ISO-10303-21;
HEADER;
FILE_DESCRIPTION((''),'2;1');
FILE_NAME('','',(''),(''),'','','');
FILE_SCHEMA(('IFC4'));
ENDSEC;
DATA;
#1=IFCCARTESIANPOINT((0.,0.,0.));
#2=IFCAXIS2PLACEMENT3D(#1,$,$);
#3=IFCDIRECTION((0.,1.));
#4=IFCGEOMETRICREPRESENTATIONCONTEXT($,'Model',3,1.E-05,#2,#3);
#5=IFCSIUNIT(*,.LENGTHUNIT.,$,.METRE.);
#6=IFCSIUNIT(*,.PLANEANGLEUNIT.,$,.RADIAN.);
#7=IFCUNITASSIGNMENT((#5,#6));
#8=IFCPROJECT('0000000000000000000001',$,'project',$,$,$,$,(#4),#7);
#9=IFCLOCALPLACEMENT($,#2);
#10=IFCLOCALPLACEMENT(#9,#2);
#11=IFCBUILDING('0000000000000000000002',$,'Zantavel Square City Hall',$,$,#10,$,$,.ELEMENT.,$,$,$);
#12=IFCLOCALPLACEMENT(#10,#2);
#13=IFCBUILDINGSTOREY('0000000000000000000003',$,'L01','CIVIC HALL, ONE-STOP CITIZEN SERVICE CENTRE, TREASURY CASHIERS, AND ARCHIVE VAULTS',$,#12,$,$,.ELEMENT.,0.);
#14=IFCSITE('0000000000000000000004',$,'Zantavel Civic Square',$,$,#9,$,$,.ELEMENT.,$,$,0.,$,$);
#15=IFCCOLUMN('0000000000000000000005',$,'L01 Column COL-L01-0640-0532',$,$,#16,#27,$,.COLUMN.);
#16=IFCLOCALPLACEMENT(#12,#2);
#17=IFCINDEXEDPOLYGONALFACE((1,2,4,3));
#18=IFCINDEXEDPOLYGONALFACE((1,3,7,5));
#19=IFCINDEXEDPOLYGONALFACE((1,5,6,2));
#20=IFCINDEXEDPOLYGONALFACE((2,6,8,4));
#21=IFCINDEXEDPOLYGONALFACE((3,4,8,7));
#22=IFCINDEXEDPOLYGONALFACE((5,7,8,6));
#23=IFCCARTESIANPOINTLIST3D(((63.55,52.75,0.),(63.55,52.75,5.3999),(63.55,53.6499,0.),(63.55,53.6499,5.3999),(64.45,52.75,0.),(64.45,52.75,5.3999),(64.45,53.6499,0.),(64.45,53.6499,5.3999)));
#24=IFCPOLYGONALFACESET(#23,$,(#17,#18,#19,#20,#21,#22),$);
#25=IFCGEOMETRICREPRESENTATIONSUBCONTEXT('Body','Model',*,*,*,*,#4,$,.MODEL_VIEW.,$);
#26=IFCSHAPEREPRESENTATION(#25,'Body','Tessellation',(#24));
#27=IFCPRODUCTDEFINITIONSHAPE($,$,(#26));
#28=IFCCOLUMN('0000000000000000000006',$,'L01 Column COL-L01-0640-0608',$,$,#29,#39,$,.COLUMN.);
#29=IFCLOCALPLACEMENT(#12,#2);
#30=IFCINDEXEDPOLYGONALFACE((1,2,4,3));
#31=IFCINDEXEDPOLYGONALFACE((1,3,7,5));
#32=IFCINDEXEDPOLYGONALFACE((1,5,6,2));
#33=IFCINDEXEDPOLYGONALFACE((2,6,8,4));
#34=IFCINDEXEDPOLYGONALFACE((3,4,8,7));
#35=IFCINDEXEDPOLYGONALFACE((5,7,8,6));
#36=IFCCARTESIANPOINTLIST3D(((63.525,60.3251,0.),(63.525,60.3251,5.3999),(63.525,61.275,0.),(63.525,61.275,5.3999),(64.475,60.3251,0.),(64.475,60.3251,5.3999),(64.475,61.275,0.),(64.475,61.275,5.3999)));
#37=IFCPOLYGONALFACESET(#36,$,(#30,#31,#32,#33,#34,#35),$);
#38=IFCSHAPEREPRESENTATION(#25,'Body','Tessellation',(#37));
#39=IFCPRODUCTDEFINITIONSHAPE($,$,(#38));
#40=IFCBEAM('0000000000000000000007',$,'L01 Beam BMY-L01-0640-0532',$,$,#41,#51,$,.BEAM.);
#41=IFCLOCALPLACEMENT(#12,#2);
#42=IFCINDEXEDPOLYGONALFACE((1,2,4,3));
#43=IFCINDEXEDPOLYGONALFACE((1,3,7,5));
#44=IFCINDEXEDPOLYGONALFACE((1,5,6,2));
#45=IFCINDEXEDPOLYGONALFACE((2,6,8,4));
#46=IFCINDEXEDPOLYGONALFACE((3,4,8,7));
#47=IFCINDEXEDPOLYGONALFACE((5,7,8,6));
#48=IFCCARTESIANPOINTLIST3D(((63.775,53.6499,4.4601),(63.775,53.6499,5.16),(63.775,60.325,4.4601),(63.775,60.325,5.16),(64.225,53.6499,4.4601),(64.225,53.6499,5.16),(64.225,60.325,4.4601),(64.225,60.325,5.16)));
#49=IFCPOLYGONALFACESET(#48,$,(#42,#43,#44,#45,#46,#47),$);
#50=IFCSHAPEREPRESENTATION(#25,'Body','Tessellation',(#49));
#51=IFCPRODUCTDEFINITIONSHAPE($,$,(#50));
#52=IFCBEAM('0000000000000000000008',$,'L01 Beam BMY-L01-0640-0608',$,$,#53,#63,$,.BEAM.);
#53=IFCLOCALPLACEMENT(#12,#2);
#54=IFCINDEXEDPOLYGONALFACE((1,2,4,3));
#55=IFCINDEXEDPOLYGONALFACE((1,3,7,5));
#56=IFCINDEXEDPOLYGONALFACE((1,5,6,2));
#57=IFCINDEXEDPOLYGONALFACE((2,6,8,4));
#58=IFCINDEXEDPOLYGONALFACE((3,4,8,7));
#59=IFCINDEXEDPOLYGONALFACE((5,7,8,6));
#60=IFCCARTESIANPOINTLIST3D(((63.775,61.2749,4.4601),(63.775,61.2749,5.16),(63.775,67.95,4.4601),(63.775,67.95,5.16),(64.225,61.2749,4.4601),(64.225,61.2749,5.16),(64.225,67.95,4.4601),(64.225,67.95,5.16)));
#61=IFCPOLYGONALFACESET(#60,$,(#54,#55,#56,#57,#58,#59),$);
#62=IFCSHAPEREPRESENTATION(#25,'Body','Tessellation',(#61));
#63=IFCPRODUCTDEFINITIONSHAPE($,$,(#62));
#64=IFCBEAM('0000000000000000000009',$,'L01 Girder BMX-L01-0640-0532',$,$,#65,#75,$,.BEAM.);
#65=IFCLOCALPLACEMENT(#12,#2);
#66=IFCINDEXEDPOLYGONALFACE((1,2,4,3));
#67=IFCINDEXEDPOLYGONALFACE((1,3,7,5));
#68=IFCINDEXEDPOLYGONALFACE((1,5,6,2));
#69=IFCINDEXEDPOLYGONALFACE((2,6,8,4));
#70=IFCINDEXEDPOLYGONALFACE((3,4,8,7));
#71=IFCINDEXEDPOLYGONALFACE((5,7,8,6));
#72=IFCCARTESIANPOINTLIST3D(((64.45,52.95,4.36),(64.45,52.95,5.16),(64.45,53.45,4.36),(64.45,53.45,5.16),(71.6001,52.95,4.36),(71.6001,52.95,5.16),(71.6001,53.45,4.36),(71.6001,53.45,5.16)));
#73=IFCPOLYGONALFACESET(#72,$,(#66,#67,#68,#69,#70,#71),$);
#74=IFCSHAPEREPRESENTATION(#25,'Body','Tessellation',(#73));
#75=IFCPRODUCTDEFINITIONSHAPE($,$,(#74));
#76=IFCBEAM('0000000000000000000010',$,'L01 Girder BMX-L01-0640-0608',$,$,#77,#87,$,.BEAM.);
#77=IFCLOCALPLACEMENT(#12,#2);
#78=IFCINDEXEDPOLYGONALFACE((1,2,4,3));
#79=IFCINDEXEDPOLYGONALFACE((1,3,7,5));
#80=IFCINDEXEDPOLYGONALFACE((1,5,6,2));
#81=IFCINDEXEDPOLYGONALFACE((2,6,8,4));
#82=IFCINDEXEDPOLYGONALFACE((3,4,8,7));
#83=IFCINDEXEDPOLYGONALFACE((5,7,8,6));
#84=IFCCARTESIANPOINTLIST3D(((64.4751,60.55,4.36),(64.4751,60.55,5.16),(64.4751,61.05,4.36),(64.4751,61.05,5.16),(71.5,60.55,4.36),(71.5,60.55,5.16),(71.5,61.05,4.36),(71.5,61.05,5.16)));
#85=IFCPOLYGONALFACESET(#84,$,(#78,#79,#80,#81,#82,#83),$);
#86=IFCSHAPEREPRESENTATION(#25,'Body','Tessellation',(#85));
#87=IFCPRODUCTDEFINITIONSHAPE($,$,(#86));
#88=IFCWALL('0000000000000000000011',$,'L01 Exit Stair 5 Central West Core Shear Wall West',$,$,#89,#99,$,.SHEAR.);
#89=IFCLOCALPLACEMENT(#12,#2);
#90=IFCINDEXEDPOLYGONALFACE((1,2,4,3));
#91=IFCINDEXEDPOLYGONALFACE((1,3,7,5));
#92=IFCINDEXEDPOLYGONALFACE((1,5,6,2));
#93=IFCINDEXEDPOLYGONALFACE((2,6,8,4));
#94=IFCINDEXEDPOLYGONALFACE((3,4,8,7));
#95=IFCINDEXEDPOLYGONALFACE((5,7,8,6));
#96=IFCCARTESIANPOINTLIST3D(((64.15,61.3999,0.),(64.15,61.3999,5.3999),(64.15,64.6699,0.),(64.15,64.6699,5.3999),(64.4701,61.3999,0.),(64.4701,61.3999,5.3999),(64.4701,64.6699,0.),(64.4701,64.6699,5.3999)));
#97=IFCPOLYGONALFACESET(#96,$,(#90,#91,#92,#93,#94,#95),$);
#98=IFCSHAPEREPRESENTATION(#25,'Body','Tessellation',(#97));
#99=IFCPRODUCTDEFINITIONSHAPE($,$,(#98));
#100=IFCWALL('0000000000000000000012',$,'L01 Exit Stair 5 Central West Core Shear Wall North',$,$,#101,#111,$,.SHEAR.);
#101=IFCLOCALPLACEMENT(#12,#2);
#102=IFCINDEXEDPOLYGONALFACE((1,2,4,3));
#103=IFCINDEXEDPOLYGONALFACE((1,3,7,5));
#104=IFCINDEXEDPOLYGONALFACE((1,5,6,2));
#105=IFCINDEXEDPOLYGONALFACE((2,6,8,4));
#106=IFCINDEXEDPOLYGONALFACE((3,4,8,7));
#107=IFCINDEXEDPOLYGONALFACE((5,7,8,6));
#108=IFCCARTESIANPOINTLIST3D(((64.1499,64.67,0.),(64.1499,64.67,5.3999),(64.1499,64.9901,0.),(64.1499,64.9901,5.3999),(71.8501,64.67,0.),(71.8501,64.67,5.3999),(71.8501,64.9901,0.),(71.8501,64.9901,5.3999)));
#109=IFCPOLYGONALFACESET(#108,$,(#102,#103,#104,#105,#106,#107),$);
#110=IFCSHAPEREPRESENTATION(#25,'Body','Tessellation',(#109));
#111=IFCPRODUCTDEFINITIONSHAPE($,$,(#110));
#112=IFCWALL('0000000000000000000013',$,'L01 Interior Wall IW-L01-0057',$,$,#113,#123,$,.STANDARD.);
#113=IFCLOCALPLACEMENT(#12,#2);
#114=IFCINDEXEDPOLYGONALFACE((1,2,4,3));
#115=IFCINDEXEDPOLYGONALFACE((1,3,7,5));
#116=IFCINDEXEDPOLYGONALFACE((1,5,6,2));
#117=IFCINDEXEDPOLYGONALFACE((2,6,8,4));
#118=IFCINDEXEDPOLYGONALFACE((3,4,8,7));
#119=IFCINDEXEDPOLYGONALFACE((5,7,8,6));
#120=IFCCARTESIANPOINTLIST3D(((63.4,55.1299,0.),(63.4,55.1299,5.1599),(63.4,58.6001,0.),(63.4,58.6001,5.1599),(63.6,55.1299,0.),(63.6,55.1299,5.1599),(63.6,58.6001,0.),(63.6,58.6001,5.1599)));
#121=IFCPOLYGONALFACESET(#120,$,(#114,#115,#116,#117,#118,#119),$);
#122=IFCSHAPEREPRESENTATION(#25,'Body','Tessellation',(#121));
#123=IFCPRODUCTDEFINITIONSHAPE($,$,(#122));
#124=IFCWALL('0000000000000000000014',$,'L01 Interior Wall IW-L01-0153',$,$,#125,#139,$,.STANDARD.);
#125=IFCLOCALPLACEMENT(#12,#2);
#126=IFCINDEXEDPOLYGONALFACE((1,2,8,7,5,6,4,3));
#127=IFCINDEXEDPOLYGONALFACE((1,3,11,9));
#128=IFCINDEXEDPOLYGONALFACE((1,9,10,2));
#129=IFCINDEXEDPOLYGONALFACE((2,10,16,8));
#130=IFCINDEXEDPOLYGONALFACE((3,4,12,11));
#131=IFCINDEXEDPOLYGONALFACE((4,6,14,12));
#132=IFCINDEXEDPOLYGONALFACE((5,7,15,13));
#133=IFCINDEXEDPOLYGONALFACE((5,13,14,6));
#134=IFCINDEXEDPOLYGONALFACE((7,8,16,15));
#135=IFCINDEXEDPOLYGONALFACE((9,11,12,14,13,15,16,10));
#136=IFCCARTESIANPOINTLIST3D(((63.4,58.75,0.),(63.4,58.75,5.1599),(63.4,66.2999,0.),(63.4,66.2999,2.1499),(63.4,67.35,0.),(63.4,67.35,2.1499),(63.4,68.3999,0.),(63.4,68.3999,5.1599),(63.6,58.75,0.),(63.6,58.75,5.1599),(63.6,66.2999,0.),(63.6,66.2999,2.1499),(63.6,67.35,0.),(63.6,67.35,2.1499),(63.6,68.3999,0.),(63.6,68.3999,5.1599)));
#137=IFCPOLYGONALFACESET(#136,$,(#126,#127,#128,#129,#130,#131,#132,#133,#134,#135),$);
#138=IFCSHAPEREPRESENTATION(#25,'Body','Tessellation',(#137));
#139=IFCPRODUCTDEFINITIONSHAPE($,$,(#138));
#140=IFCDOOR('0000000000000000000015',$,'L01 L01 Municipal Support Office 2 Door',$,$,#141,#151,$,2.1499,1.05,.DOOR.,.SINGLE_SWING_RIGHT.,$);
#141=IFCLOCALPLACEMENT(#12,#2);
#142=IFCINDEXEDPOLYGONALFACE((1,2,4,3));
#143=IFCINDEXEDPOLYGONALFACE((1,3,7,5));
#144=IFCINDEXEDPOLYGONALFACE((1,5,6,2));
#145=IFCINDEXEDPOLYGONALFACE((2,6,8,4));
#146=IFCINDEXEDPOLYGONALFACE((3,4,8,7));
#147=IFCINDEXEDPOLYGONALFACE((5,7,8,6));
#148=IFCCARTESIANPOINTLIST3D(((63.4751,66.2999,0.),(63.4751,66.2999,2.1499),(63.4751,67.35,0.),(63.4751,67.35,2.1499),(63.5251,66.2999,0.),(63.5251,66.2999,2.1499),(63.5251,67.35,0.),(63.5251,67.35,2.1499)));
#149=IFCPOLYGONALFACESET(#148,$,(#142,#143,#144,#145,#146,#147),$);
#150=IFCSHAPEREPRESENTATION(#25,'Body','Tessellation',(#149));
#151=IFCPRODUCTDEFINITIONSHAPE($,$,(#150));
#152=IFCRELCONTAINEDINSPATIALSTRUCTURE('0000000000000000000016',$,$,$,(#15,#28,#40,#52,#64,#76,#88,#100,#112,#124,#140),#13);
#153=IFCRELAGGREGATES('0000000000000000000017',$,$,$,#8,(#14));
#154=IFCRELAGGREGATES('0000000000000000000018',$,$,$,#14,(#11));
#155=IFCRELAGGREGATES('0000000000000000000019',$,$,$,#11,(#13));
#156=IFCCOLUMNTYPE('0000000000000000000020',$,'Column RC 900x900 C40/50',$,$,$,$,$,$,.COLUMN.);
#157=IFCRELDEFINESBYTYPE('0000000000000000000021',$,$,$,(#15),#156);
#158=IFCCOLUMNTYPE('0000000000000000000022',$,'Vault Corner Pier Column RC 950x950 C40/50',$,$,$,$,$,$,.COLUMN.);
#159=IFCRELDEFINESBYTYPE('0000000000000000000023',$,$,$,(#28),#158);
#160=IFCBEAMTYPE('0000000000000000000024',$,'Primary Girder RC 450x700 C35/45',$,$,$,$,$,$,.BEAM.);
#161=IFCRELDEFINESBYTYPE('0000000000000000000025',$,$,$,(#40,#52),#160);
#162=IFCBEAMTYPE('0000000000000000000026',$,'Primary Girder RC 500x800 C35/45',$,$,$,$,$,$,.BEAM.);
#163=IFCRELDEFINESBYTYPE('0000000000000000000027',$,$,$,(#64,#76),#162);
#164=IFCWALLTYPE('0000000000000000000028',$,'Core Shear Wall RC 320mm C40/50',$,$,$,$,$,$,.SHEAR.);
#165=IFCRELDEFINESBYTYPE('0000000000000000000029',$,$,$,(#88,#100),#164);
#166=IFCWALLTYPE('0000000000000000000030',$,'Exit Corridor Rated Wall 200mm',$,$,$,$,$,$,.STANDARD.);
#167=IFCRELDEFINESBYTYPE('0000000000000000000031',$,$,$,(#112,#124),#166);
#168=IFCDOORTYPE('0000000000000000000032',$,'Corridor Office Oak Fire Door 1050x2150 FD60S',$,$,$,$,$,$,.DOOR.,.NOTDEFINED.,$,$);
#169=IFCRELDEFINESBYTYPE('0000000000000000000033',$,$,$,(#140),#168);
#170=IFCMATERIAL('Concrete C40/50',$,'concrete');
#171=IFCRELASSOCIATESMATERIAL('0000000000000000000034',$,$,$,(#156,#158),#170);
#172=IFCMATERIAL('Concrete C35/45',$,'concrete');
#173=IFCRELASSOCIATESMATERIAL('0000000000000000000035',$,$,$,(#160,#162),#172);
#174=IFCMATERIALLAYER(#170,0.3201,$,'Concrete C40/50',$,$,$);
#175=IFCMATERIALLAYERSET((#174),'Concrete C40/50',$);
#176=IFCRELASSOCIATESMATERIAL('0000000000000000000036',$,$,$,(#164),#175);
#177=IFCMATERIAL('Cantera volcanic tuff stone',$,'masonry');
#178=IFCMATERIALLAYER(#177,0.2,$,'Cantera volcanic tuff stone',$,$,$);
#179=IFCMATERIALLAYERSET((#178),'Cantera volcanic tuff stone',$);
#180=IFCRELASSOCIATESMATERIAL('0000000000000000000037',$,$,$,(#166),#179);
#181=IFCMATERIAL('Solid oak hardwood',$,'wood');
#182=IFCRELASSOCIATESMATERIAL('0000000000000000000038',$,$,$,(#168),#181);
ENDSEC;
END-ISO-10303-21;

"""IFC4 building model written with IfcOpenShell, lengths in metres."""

from ifc_helpers import new_model, si_unit, direction, frame, frame_2d, origin, origin_2d, place, context, subcontext, project, spatial, rectangle, extrude, material, layer, layer_set, material_profile, profile_set, type_object, element, fill, save


model = new_model("IFC4")

# Units and contexts
model_context = context("Model", 3, precision=1e-05, world=origin(), true_north=direction((0.0, 1.0)))
body_context = subcontext(model_context, "Body", "Model", "MODEL_VIEW")
ifc_project = project(units=[si_unit("LENGTHUNIT", "METRE"), si_unit("PLANEANGLEUNIT", "RADIAN")], contexts=[model_context])

# Site, building, storey
site_placement = place(None, origin())
site = spatial("IfcSite", under=ifc_project, at=site_placement, Name="Zantavel Civic Square", CompositionType="ELEMENT", RefElevation=0.0)
building_placement = place(site_placement, origin())
building = spatial("IfcBuilding", under=site, at=building_placement, Name="Zantavel Square City Hall", CompositionType="ELEMENT")
storey_placement = place(building_placement, origin())
storey = spatial("IfcBuildingStorey", under=building, at=storey_placement, Name="L01", Description="CIVIC HALL, ONE-STOP CITIZEN SERVICE CENTRE, TREASURY CASHIERS, AND ARCHIVE VAULTS", CompositionType="ELEMENT", Elevation=0.0)

# Columns
ifc_material_1 = material(Name="Concrete C40/50", Category="concrete")
ifc_material_profile_1 = material_profile(ifc_material_1, rectangle(XDim=0.8999, YDim=0.8999, at=origin_2d()), Name="RC 900x900")
ifc_profile_set_1 = profile_set([ifc_material_profile_1], Name="Concrete C40/50")
column_type_1 = type_object("IfcColumnType", Name="Column RC 900x900 C40/50", PredefinedType="COLUMN", material=ifc_profile_set_1)
column_1_placement = place(storey_placement, frame((64.0, 53.2, 0.0), z_axis=(0.0, 0.0, 1.0), x_axis=(1.0, 0.0, 0.0)))
element("IfcColumn", 1, at=column_1_placement, inside=storey, type_object=column_type_1, Name="L01 Column COL-L01-0640-0532", PredefinedType="COLUMN", context=body_context, shape_type="SweptSolid", body=[
    extrude(rectangle(XDim=0.8999, YDim=0.8999, at=origin_2d()), origin(), (0.0, 0.0, 1.0), 5.3999),
])
ifc_material_profile_2 = material_profile(ifc_material_1, rectangle(XDim=0.95, YDim=0.95, at=origin_2d()), Name="RC 950x950")
ifc_profile_set_2 = profile_set([ifc_material_profile_2], Name="Concrete C40/50")
column_type_2 = type_object("IfcColumnType", Name="Vault Corner Pier Column RC 950x950 C40/50", PredefinedType="COLUMN", material=ifc_profile_set_2)
column_2_placement = place(storey_placement, frame((64.0, 60.8, 0.0), z_axis=(0.0, 0.0, 1.0), x_axis=(1.0, 0.0, 0.0)))
element("IfcColumn", 2, at=column_2_placement, inside=storey, type_object=column_type_2, Name="L01 Column COL-L01-0640-0608", PredefinedType="COLUMN", context=body_context, shape_type="SweptSolid", body=[
    extrude(rectangle(XDim=0.95, YDim=0.95, at=origin_2d()), origin(), (0.0, 0.0, 1.0), 5.3999),
])

# Beams
ifc_material_2 = material(Name="Concrete C35/45", Category="concrete")
ifc_material_profile_3 = material_profile(ifc_material_2, rectangle(XDim=0.45, YDim=0.7, at=origin_2d()), Name="RC 450x700")
ifc_profile_set_3 = profile_set([ifc_material_profile_3], Name="Concrete C35/45")
beam_type_1 = type_object("IfcBeamType", Name="Primary Girder RC 450x700 C35/45", PredefinedType="BEAM", material=ifc_profile_set_3)
for number, where, z_axis, x_axis, name in (
    (3, (64.0, 53.6499, 4.8101), (0.0, 1.0, 0.0), (-1.0, 0.0, 0.0), "L01 Beam BMY-L01-0640-0532"),
    (4, (64.0, 61.2749, 4.8101), (0.0, 1.0, 0.0), (-1.0, 0.0, 0.0), "L01 Beam BMY-L01-0640-0608"),
):
    element("IfcBeam", number, at=place(storey_placement, frame(where, z_axis=z_axis, x_axis=x_axis)), inside=storey, type_object=beam_type_1, Name=name, PredefinedType="BEAM", context=body_context, shape_type="SweptSolid", body=[
        extrude(rectangle(XDim=0.45, YDim=0.7, at=origin_2d()), origin(), (0.0, 0.0, 1.0), 6.675),
    ])
ifc_material_profile_4 = material_profile(ifc_material_2, rectangle(XDim=0.5, YDim=0.8, at=origin_2d()), Name="RC 500x800")
ifc_profile_set_4 = profile_set([ifc_material_profile_4], Name="Concrete C35/45")
beam_type_2 = type_object("IfcBeamType", Name="Primary Girder RC 500x800 C35/45", PredefinedType="BEAM", material=ifc_profile_set_4)
beam_1_placement = place(storey_placement, frame((64.45, 53.2, 4.76), z_axis=(1.0, 0.0, 0.0), x_axis=(0.0, 1.0, 0.0)))
element("IfcBeam", 5, at=beam_1_placement, inside=storey, type_object=beam_type_2, Name="L01 Girder BMX-L01-0640-0532", PredefinedType="BEAM", context=body_context, shape_type="SweptSolid", body=[
    extrude(rectangle(XDim=0.5, YDim=0.8, at=origin_2d()), origin(), (0.0, 0.0, 1.0), 7.1501),
])
beam_2_placement = place(storey_placement, frame((64.4751, 60.8, 4.76), z_axis=(1.0, 0.0, 0.0), x_axis=(0.0, 1.0, 0.0)))
element("IfcBeam", 6, at=beam_2_placement, inside=storey, type_object=beam_type_2, Name="L01 Girder BMX-L01-0640-0608", PredefinedType="BEAM", context=body_context, shape_type="SweptSolid", body=[
    extrude(rectangle(XDim=0.5, YDim=0.8, at=origin_2d()), origin(), (0.0, 0.0, 1.0), 7.0249),
])

# Walls
ifc_layer_1 = layer(ifc_material_1, 0.3201, Name="Concrete C40/50")
ifc_layer_set_1 = layer_set([ifc_layer_1], Name="Concrete C40/50")
wall_type_1 = type_object("IfcWallType", Name="Core Shear Wall RC 320mm C40/50", PredefinedType="SHEAR", material=ifc_layer_set_1)
wall_1_placement = place(storey_placement, frame((64.3101, 61.3999, 0.0), z_axis=(0.0, 0.0, 1.0), x_axis=(0.0, 1.0, 0.0)))
element("IfcWall", 7, at=wall_1_placement, inside=storey, type_object=wall_type_1, Name="L01 Exit Stair 5 Central West Core Shear Wall West", PredefinedType="SHEAR", context=body_context, shape_type="SweptSolid", body=[
    extrude(rectangle(XDim=3.27, YDim=0.3201, at=frame_2d((1.635, 0.0))), origin(), (0.0, 0.0, 1.0), 5.3999),
])
wall_2_placement = place(storey_placement, frame((64.1499, 64.8301, 0.0), z_axis=(0.0, 0.0, 1.0), x_axis=(1.0, 0.0, 0.0)))
element("IfcWall", 8, at=wall_2_placement, inside=storey, type_object=wall_type_1, Name="L01 Exit Stair 5 Central West Core Shear Wall North", PredefinedType="SHEAR", context=body_context, shape_type="SweptSolid", body=[
    extrude(rectangle(XDim=7.7002, YDim=0.3201, at=frame_2d((3.8501, 0.0))), origin(), (0.0, 0.0, 1.0), 5.3999),
])
ifc_material_3 = material(Name="Cantera volcanic tuff stone", Category="masonry")
ifc_layer_2 = layer(ifc_material_3, 0.2, Name="Cantera volcanic tuff stone")
ifc_layer_set_2 = layer_set([ifc_layer_2], Name="Cantera volcanic tuff stone")
wall_type_2 = type_object("IfcWallType", Name="Exit Corridor Rated Wall 200mm", PredefinedType="STANDARD", material=ifc_layer_set_2)
wall_3_placement = place(storey_placement, frame((63.5, 58.6001, 0.0), z_axis=(0.0, 0.0, 1.0), x_axis=(0.0, -1.0, 0.0)))
element("IfcWall", 9, at=wall_3_placement, inside=storey, type_object=wall_type_2, Name="L01 Interior Wall IW-L01-0057", PredefinedType="STANDARD", context=body_context, shape_type="SweptSolid", body=[
    extrude(rectangle(XDim=3.4702, YDim=0.2, at=frame_2d((1.7351, 0.0))), origin(), (0.0, 0.0, 1.0), 5.1599),
])

# Wall, opening, door
wall_4_placement = place(storey_placement, frame((63.5, 58.75, 0.0), z_axis=(0.0, 0.0, 1.0), x_axis=(0.0, 1.0, 0.0)))
wall_4 = element("IfcWall", 10, at=wall_4_placement, inside=storey, type_object=wall_type_2, Name="L01 Interior Wall IW-L01-0153", PredefinedType="STANDARD", context=body_context, shape_type="SweptSolid", body=[
    extrude(rectangle(XDim=9.6499, YDim=0.2, at=frame_2d((4.825, 0.0))), origin(), (0.0, 0.0, 1.0), 5.1599),
])
opening_1_placement = place(wall_4_placement, frame((7.55, 0.0, 0.0)))
opening_1 = element("IfcOpeningElement", 11, at=opening_1_placement, cuts=wall_4, PredefinedType="OPENING", context=body_context, shape_type="SweptSolid", body=[
    extrude(rectangle(XDim=1.05, YDim=2.1499, at=frame_2d((0.5249, 1.075))), frame((0.0, 0.1099, 0.0), z_axis=(0.0, -1.0, 0.0), x_axis=(1.0, 0.0, 0.0)), (0.0, 0.0, 1.0), 0.22),
])
ifc_material_4 = material(Name="Solid oak hardwood", Category="wood")
door_type_1 = type_object("IfcDoorType", Name="Corridor Office Oak Fire Door 1050x2150 FD60S", OperationType="NOTDEFINED", PredefinedType="DOOR", material=ifc_material_4)
door_1_placement = place(opening_1_placement, origin())
door_1 = element("IfcDoor", 12, at=door_1_placement, inside=storey, type_object=door_type_1, Name="L01 L01 Municipal Support Office 2 Door", OperationType="SINGLE_SWING_RIGHT", OverallHeight=2.1499, OverallWidth=1.05, PredefinedType="DOOR", context=body_context, shape_type="SweptSolid", body=[
    extrude(rectangle(XDim=1.05, YDim=2.1499, at=frame_2d((0.5249, 1.075))), frame((0.0, 0.0249, 0.0), z_axis=(0.0, -1.0, 0.0), x_axis=(1.0, 0.0, 0.0)), (0.0, 0.0, 1.0), 0.05),
])
fill(opening_1, door_1)

save(model, "model.ifc")
